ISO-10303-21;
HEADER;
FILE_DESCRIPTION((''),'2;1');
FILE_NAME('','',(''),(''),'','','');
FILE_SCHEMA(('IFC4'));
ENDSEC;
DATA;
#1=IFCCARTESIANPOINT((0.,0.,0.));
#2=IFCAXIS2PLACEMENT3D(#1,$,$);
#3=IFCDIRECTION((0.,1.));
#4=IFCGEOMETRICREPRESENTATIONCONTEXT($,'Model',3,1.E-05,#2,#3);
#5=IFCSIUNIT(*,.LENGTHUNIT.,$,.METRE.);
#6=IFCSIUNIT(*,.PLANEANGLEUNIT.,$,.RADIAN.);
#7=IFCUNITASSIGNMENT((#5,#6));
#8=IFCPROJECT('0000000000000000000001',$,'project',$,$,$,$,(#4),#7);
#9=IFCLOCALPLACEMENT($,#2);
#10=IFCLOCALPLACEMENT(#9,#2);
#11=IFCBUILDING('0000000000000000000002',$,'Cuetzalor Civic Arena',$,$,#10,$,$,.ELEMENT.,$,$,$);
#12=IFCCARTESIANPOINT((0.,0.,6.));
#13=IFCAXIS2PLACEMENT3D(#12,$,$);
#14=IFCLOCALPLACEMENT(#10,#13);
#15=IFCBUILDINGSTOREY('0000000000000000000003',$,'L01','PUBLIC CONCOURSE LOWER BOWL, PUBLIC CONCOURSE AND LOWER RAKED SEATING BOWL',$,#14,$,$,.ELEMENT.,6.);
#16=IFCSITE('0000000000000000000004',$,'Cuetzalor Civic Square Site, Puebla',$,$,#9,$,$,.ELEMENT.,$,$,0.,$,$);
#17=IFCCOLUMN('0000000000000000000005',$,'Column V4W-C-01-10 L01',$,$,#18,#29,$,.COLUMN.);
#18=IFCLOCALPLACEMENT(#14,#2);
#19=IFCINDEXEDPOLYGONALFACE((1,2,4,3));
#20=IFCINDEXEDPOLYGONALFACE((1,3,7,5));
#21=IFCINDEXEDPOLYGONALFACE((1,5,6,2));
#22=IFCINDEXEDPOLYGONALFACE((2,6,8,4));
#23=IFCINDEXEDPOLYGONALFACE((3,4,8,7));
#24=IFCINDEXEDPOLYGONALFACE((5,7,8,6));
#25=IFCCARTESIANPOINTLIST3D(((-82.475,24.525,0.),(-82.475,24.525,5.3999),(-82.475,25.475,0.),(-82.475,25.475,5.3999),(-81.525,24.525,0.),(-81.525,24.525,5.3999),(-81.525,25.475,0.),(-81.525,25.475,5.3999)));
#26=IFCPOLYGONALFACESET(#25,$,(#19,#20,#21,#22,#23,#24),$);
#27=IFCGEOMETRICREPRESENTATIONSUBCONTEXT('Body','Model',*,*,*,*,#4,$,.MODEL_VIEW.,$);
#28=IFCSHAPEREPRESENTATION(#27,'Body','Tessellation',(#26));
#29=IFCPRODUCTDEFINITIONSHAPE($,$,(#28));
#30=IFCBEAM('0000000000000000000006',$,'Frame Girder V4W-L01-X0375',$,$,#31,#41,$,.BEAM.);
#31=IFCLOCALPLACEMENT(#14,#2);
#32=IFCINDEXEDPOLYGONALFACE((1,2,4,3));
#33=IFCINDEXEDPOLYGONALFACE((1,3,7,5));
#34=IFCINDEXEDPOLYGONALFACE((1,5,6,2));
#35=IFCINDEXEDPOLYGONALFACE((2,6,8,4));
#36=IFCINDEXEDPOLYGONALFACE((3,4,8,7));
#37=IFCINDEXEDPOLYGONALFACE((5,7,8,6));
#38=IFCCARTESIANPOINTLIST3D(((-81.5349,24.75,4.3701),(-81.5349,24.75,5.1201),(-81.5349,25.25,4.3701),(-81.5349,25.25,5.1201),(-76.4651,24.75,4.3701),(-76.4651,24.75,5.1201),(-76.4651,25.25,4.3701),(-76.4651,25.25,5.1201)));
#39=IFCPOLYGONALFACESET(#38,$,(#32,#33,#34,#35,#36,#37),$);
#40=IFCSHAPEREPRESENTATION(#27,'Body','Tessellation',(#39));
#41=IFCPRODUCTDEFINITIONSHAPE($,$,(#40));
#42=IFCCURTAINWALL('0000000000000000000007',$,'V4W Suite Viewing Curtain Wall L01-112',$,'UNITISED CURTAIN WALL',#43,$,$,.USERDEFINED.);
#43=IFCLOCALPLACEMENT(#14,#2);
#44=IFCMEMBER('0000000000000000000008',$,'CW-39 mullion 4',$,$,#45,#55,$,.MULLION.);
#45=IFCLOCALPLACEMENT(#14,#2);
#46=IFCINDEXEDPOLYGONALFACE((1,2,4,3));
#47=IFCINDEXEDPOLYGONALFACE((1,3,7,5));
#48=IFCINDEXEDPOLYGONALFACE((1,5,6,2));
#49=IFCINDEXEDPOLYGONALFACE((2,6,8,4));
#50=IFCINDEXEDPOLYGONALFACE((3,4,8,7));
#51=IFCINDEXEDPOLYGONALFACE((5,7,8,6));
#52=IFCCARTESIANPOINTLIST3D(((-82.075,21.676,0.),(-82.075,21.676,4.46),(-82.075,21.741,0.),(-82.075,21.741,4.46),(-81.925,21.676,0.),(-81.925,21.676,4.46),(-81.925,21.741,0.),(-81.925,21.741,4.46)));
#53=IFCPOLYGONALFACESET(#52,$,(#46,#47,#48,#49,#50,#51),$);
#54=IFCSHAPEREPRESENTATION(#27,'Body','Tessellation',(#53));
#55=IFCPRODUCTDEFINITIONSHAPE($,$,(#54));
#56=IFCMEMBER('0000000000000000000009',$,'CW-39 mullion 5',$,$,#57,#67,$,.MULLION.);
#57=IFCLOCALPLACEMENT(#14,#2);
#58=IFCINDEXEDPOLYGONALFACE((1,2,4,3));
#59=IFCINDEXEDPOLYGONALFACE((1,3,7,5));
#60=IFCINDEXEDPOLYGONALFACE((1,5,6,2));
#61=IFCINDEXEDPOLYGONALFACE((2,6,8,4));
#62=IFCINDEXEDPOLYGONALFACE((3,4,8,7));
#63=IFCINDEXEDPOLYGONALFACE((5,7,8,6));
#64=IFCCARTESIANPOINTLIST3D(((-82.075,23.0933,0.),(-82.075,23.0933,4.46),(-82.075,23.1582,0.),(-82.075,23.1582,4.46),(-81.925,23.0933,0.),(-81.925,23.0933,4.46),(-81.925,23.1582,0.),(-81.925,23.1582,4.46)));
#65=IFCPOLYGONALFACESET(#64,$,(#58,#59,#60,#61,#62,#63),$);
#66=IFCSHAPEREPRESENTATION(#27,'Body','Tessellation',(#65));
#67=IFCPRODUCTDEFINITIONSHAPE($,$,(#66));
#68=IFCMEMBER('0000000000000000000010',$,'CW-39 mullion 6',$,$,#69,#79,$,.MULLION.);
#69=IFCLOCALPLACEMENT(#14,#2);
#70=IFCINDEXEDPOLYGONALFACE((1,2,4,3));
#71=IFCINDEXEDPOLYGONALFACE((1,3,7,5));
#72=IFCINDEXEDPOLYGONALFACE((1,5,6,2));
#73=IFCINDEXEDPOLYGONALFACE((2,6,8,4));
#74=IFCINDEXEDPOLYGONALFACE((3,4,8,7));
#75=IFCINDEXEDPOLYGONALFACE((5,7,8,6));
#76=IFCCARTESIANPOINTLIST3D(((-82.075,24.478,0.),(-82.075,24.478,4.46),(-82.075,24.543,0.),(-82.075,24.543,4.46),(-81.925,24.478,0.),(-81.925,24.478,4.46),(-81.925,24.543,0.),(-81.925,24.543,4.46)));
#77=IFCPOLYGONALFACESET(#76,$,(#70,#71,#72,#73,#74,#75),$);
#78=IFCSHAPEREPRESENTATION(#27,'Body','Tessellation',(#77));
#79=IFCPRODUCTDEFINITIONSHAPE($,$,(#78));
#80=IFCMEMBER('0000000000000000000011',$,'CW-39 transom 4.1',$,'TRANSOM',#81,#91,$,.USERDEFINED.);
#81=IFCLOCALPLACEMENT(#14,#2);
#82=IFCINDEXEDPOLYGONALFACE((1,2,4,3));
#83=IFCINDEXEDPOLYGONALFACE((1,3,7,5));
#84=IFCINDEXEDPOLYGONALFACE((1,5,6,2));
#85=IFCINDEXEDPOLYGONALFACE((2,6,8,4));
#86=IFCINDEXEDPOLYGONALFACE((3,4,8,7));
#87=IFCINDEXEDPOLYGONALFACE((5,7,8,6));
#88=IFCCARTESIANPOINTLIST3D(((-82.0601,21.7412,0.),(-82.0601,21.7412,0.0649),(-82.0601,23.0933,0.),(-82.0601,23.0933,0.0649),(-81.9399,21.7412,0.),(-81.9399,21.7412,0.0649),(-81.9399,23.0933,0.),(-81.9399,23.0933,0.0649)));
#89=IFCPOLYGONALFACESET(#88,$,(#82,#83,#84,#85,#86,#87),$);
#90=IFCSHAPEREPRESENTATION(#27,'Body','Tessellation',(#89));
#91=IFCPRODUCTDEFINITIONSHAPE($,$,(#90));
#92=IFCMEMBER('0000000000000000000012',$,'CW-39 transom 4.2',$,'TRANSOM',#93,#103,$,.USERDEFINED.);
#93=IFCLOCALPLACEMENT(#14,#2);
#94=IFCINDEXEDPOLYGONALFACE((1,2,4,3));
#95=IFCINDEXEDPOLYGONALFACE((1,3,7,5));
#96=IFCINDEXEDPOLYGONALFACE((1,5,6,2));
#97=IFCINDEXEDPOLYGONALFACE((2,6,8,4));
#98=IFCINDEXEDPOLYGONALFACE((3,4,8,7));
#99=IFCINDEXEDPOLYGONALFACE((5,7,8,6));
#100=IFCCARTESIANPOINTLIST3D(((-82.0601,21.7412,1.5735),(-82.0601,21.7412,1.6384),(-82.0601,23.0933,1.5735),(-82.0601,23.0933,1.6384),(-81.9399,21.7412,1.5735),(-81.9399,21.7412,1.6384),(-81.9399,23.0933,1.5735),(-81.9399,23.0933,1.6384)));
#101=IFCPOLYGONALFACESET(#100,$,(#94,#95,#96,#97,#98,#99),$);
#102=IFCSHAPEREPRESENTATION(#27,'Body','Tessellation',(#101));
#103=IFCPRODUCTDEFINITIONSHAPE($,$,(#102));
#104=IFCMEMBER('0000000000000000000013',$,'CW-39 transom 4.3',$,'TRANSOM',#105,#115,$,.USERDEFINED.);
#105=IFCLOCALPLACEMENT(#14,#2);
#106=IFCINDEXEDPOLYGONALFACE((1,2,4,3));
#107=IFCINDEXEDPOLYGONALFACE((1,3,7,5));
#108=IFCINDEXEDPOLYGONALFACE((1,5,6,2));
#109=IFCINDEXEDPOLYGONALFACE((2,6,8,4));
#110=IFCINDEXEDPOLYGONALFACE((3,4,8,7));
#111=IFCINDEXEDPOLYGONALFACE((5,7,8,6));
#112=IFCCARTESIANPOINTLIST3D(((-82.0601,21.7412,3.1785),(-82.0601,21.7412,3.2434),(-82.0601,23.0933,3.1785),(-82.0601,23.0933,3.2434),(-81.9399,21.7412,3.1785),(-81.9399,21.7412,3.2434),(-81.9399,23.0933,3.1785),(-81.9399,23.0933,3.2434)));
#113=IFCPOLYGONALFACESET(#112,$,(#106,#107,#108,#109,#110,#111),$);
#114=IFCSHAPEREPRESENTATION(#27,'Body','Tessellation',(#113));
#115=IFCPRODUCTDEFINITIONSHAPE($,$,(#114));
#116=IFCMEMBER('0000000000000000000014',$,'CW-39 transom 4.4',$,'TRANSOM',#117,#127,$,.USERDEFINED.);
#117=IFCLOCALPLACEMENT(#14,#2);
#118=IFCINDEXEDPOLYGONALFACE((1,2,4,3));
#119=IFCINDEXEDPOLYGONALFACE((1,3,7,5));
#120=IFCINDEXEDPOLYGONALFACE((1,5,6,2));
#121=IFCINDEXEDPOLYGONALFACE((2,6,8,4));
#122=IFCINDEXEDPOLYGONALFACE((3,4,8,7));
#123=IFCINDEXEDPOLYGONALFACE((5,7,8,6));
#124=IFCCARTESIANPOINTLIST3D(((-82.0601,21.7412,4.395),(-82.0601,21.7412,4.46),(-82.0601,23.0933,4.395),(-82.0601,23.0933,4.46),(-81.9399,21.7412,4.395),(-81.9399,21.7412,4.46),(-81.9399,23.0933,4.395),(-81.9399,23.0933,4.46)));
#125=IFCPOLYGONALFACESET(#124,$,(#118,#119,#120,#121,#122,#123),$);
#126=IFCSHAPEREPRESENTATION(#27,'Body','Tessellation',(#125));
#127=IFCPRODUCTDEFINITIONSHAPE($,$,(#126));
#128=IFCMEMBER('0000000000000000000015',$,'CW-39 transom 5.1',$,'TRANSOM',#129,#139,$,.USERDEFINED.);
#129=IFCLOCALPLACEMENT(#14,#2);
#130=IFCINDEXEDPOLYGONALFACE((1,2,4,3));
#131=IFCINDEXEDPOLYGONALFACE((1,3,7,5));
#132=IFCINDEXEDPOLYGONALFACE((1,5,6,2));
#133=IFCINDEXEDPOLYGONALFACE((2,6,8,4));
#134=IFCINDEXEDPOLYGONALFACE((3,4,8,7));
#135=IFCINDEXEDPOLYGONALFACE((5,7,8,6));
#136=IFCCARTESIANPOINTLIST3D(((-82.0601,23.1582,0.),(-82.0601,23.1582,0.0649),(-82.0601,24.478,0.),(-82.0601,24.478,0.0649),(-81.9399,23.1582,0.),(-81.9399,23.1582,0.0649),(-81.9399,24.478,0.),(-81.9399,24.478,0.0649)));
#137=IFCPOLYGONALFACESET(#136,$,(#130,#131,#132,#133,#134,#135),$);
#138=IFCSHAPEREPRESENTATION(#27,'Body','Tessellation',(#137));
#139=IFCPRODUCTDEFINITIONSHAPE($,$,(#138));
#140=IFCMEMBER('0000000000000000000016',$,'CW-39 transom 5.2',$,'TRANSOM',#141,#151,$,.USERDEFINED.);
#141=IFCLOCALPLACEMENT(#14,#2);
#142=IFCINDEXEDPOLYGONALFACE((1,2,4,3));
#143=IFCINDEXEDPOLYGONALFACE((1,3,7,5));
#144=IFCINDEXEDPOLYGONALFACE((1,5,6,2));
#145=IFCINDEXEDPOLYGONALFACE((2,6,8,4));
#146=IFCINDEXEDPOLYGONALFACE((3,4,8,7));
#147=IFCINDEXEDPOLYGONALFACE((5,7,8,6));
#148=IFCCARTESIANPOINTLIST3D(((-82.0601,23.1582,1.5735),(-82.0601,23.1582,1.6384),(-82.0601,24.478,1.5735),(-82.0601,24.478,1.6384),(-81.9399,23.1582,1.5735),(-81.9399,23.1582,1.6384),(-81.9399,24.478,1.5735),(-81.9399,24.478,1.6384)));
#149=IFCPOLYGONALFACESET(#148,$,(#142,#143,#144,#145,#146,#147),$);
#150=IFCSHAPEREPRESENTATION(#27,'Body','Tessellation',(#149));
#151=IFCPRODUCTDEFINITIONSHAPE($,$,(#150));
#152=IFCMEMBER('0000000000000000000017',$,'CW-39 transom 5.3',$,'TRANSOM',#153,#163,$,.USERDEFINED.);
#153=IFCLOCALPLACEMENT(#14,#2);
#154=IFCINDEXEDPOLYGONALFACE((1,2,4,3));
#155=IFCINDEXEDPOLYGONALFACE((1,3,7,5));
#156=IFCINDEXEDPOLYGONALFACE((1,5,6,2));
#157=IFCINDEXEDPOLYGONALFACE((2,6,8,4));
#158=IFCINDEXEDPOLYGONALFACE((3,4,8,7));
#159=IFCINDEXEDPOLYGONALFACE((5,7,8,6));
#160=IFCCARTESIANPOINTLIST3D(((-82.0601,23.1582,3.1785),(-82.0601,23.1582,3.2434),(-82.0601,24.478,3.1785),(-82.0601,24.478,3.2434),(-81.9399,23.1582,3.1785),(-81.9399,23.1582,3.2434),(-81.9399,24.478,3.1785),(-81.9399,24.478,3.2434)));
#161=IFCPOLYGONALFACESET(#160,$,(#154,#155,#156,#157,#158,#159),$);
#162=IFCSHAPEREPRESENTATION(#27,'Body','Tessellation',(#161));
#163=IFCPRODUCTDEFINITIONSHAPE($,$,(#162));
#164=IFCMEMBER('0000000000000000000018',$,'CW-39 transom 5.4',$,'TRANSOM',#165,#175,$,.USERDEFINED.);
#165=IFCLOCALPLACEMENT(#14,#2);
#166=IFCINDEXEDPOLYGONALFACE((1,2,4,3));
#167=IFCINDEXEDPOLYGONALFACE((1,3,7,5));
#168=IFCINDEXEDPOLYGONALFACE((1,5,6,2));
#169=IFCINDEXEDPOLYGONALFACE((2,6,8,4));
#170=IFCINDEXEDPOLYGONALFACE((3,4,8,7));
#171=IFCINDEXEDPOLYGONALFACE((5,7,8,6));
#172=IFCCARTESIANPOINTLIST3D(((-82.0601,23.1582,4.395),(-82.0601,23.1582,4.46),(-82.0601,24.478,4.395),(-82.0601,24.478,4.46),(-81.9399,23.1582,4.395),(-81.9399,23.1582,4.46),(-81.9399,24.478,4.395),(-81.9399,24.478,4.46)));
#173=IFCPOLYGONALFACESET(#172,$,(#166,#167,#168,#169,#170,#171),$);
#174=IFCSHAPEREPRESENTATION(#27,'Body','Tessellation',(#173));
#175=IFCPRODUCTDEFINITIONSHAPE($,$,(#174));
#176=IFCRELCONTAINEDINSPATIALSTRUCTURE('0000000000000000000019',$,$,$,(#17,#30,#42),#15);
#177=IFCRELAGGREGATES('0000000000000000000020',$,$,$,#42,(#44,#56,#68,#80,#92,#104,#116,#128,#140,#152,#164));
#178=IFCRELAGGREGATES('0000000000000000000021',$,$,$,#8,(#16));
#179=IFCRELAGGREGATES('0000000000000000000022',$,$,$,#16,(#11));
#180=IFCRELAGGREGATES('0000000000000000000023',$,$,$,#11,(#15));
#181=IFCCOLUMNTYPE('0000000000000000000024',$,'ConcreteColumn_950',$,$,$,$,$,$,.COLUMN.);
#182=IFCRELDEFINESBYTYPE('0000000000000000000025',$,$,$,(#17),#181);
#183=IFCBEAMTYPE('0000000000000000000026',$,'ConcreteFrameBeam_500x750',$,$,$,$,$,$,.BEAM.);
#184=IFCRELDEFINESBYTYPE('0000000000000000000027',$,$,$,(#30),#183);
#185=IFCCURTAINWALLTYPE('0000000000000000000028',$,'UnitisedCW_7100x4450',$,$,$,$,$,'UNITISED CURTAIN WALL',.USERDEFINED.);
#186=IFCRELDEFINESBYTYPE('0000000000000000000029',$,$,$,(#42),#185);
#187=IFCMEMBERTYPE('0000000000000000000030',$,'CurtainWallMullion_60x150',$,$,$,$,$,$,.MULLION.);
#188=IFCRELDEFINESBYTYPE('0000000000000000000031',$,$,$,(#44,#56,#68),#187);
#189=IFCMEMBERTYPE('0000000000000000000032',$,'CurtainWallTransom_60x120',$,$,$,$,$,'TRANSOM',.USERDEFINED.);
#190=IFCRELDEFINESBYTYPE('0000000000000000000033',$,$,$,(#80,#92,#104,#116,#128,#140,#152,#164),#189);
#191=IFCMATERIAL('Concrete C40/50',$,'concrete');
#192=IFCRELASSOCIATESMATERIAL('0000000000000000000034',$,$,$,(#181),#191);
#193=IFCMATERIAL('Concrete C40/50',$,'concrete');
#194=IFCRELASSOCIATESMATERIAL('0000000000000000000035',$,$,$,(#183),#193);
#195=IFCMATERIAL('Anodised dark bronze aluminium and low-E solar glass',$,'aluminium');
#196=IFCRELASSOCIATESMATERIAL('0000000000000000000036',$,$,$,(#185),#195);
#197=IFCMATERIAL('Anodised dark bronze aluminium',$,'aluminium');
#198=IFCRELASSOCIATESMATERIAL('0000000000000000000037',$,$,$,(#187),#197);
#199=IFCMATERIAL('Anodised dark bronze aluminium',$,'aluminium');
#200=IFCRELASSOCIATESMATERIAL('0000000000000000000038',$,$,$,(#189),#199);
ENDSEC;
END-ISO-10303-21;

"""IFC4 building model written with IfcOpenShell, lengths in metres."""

from ifc_helpers import new_model, si_unit, direction, frame, origin, origin_2d, place, context, subcontext, project, spatial, rectangle, extrude, material, material_profile, profile_set, type_object, element, aggregate, save


model = new_model("IFC4")

# Units and contexts
model_context = context("Model", 3, precision=1e-05, world=origin(), true_north=direction((0.0, 1.0)))
body_context = subcontext(model_context, "Body", "Model", "MODEL_VIEW")
ifc_project = project(units=[si_unit("LENGTHUNIT", "METRE"), si_unit("PLANEANGLEUNIT", "RADIAN")], contexts=[model_context])

# Site, building, storey
site_placement = place(None, origin())
site = spatial("IfcSite", under=ifc_project, at=site_placement, Name="Cuetzalor Civic Square Site, Puebla", CompositionType="ELEMENT", RefElevation=0.0)
building_placement = place(site_placement, origin())
building = spatial("IfcBuilding", under=site, at=building_placement, Name="Cuetzalor Civic Arena", CompositionType="ELEMENT")
storey_placement = place(building_placement, frame((0.0, 0.0, 6.0)))
storey = spatial("IfcBuildingStorey", under=building, at=storey_placement, Name="L01", Description="PUBLIC CONCOURSE LOWER BOWL, PUBLIC CONCOURSE AND LOWER RAKED SEATING BOWL", CompositionType="ELEMENT", Elevation=6.0)

# Column
ifc_material_1 = material(Name="Concrete C40/50", Category="concrete")
ifc_material_profile_1 = material_profile(ifc_material_1, rectangle(XDim=0.95, YDim=0.95, at=origin_2d()), Name="RC 950x950")
ifc_profile_set_1 = profile_set([ifc_material_profile_1], Name="Concrete C40/50")
column_type = type_object("IfcColumnType", Name="ConcreteColumn_950", PredefinedType="COLUMN", material=ifc_profile_set_1)
column_placement = place(storey_placement, frame((-82.0, 25.0, 0.0), z_axis=(0.0, 0.0, 1.0), x_axis=(1.0, 0.0, 0.0)))
element("IfcColumn", 1, at=column_placement, inside=storey, type_object=column_type, Name="Column V4W-C-01-10 L01", PredefinedType="COLUMN", context=body_context, shape_type="SweptSolid", body=[
    extrude(rectangle(XDim=0.95, YDim=0.95, at=origin_2d()), origin(), (0.0, 0.0, 1.0), 5.3999),
])

# Beam
ifc_material_2 = material(Name="Concrete C40/50", Category="concrete")
ifc_material_profile_2 = material_profile(ifc_material_2, rectangle(XDim=0.5, YDim=0.75, at=origin_2d()), Name="RC 500x750")
ifc_profile_set_2 = profile_set([ifc_material_profile_2], Name="Concrete C40/50")
beam_type_1 = type_object("IfcBeamType", Name="ConcreteFrameBeam_500x750", PredefinedType="BEAM", material=ifc_profile_set_2)
beam_1_placement = place(storey_placement, frame((-81.5349, 25.0, 4.7451), z_axis=(1.0, 0.0, 0.0), x_axis=(0.0, 1.0, 0.0)))
element("IfcBeam", 2, at=beam_1_placement, inside=storey, type_object=beam_type_1, Name="Frame Girder V4W-L01-X0375", PredefinedType="BEAM", context=body_context, shape_type="SweptSolid", body=[
    extrude(rectangle(XDim=0.5, YDim=0.75, at=origin_2d()), origin(), (0.0, 0.0, 1.0), 5.0698),
])

# Curtain wall, members
ifc_material_3 = material(Name="Anodised dark bronze aluminium and low-E solar glass", Category="aluminium")
curtain_wall_type = type_object("IfcCurtainWallType", Name="UnitisedCW_7100x4450", ElementType="UNITISED CURTAIN WALL", PredefinedType="USERDEFINED", material=ifc_material_3)
curtain_wall_placement = place(storey_placement, origin())
curtain_wall = element("IfcCurtainWall", 3, at=curtain_wall_placement, inside=storey, type_object=curtain_wall_type, Name="V4W Suite Viewing Curtain Wall L01-112", ObjectType="UNITISED CURTAIN WALL", PredefinedType="USERDEFINED")
ifc_material_4 = material(Name="Anodised dark bronze aluminium", Category="aluminium")
ifc_material_profile_3 = material_profile(ifc_material_4, rectangle(XDim=0.0649, YDim=0.1499, at=origin_2d()), Name="ALU MULLION 65x150")
ifc_profile_set_3 = profile_set([ifc_material_profile_3], Name="Anodised dark bronze aluminium")
member_type_1 = type_object("IfcMemberType", Name="CurtainWallMullion_60x150", PredefinedType="MULLION", material=ifc_profile_set_3)
member_1_placement = place(storey_placement, frame((-82.0, 21.7085, 0.0), z_axis=(0.0, 0.0, 1.0), x_axis=(0.0, 1.0, 0.0)))
member_1 = element("IfcMember", 4, at=member_1_placement, type_object=member_type_1, Name="CW-39 mullion 4", PredefinedType="MULLION", context=body_context, shape_type="SweptSolid", body=[
    extrude(rectangle(XDim=0.0649, YDim=0.1499, at=origin_2d()), origin(), (0.0, 0.0, 1.0), 4.46),
])
member_2_placement = place(storey_placement, frame((-82.0, 23.1257, 0.0), z_axis=(0.0, 0.0, 1.0), x_axis=(0.0, 1.0, 0.0)))
member_2 = element("IfcMember", 5, at=member_2_placement, type_object=member_type_1, Name="CW-39 mullion 5", PredefinedType="MULLION", context=body_context, shape_type="SweptSolid", body=[
    extrude(rectangle(XDim=0.0649, YDim=0.1499, at=origin_2d()), origin(), (0.0, 0.0, 1.0), 4.46),
])
member_3_placement = place(storey_placement, frame((-82.0, 24.5105, 0.0), z_axis=(0.0, 0.0, 1.0), x_axis=(0.0, 1.0, 0.0)))
member_3 = element("IfcMember", 6, at=member_3_placement, type_object=member_type_1, Name="CW-39 mullion 6", PredefinedType="MULLION", context=body_context, shape_type="SweptSolid", body=[
    extrude(rectangle(XDim=0.0649, YDim=0.1499, at=origin_2d()), origin(), (0.0, 0.0, 1.0), 4.46),
])
ifc_material_5 = material(Name="Anodised dark bronze aluminium", Category="aluminium")
ifc_material_profile_4 = material_profile(ifc_material_5, rectangle(XDim=0.1201, YDim=0.0649, at=origin_2d()), Name="ALU TRANSOM 65x120")
ifc_profile_set_4 = profile_set([ifc_material_profile_4], Name="Anodised dark bronze aluminium")
member_type_2 = type_object("IfcMemberType", Name="CurtainWallTransom_60x120", ElementType="TRANSOM", PredefinedType="USERDEFINED", material=ifc_profile_set_4)
member_4_placement = place(storey_placement, frame((-82.0, 21.7412, 0.0325), z_axis=(0.0, 1.0, 0.0), x_axis=(-1.0, 0.0, 0.0)))
member_4 = element("IfcMember", 7, at=member_4_placement, type_object=member_type_2, Name="CW-39 transom 4.1", ObjectType="TRANSOM", PredefinedType="USERDEFINED", context=body_context, shape_type="SweptSolid", body=[
    extrude(rectangle(XDim=0.1201, YDim=0.0649, at=origin_2d()), origin(), (0.0, 0.0, 1.0), 1.3521),
])
member_5_placement = place(storey_placement, frame((-82.0, 21.7412, 1.606), z_axis=(0.0, 1.0, 0.0), x_axis=(-1.0, 0.0, 0.0)))
member_5 = element("IfcMember", 8, at=member_5_placement, type_object=member_type_2, Name="CW-39 transom 4.2", ObjectType="TRANSOM", PredefinedType="USERDEFINED", context=body_context, shape_type="SweptSolid", body=[
    extrude(rectangle(XDim=0.1201, YDim=0.0649, at=origin_2d()), origin(), (0.0, 0.0, 1.0), 1.3521),
])
member_6_placement = place(storey_placement, frame((-82.0, 21.7412, 3.2109), z_axis=(0.0, 1.0, 0.0), x_axis=(-1.0, 0.0, 0.0)))
member_6 = element("IfcMember", 9, at=member_6_placement, type_object=member_type_2, Name="CW-39 transom 4.3", ObjectType="TRANSOM", PredefinedType="USERDEFINED", context=body_context, shape_type="SweptSolid", body=[
    extrude(rectangle(XDim=0.1201, YDim=0.0649, at=origin_2d()), origin(), (0.0, 0.0, 1.0), 1.3521),
])
member_7_placement = place(storey_placement, frame((-82.0, 21.7412, 4.4275), z_axis=(0.0, 1.0, 0.0), x_axis=(-1.0, 0.0, 0.0)))
member_7 = element("IfcMember", 10, at=member_7_placement, type_object=member_type_2, Name="CW-39 transom 4.4", ObjectType="TRANSOM", PredefinedType="USERDEFINED", context=body_context, shape_type="SweptSolid", body=[
    extrude(rectangle(XDim=0.1201, YDim=0.0649, at=origin_2d()), origin(), (0.0, 0.0, 1.0), 1.3521),
])
member_8_placement = place(storey_placement, frame((-82.0, 23.1582, 0.0325), z_axis=(0.0, 1.0, 0.0), x_axis=(-1.0, 0.0, 0.0)))
member_8 = element("IfcMember", 11, at=member_8_placement, type_object=member_type_2, Name="CW-39 transom 5.1", ObjectType="TRANSOM", PredefinedType="USERDEFINED", context=body_context, shape_type="SweptSolid", body=[
    extrude(rectangle(XDim=0.1201, YDim=0.0649, at=origin_2d()), origin(), (0.0, 0.0, 1.0), 1.3198),
])
member_9_placement = place(storey_placement, frame((-82.0, 23.1582, 1.606), z_axis=(0.0, 1.0, 0.0), x_axis=(-1.0, 0.0, 0.0)))
member_9 = element("IfcMember", 12, at=member_9_placement, type_object=member_type_2, Name="CW-39 transom 5.2", ObjectType="TRANSOM", PredefinedType="USERDEFINED", context=body_context, shape_type="SweptSolid", body=[
    extrude(rectangle(XDim=0.1201, YDim=0.0649, at=origin_2d()), origin(), (0.0, 0.0, 1.0), 1.3198),
])
member_10_placement = place(storey_placement, frame((-82.0, 23.1582, 3.2109), z_axis=(0.0, 1.0, 0.0), x_axis=(-1.0, 0.0, 0.0)))
member_10 = element("IfcMember", 13, at=member_10_placement, type_object=member_type_2, Name="CW-39 transom 5.3", ObjectType="TRANSOM", PredefinedType="USERDEFINED", context=body_context, shape_type="SweptSolid", body=[
    extrude(rectangle(XDim=0.1201, YDim=0.0649, at=origin_2d()), origin(), (0.0, 0.0, 1.0), 1.3198),
])
member_11_placement = place(storey_placement, frame((-82.0, 23.1582, 4.4275), z_axis=(0.0, 1.0, 0.0), x_axis=(-1.0, 0.0, 0.0)))
member_11 = element("IfcMember", 14, at=member_11_placement, type_object=member_type_2, Name="CW-39 transom 5.4", ObjectType="TRANSOM", PredefinedType="USERDEFINED", context=body_context, shape_type="SweptSolid", body=[
    extrude(rectangle(XDim=0.1201, YDim=0.0649, at=origin_2d()), origin(), (0.0, 0.0, 1.0), 1.3198),
])

aggregate(curtain_wall, [member_1, member_2, member_3, member_4, member_5, member_6, member_7, member_8, member_9, member_10, member_11])

save(model, "model.ifc")
